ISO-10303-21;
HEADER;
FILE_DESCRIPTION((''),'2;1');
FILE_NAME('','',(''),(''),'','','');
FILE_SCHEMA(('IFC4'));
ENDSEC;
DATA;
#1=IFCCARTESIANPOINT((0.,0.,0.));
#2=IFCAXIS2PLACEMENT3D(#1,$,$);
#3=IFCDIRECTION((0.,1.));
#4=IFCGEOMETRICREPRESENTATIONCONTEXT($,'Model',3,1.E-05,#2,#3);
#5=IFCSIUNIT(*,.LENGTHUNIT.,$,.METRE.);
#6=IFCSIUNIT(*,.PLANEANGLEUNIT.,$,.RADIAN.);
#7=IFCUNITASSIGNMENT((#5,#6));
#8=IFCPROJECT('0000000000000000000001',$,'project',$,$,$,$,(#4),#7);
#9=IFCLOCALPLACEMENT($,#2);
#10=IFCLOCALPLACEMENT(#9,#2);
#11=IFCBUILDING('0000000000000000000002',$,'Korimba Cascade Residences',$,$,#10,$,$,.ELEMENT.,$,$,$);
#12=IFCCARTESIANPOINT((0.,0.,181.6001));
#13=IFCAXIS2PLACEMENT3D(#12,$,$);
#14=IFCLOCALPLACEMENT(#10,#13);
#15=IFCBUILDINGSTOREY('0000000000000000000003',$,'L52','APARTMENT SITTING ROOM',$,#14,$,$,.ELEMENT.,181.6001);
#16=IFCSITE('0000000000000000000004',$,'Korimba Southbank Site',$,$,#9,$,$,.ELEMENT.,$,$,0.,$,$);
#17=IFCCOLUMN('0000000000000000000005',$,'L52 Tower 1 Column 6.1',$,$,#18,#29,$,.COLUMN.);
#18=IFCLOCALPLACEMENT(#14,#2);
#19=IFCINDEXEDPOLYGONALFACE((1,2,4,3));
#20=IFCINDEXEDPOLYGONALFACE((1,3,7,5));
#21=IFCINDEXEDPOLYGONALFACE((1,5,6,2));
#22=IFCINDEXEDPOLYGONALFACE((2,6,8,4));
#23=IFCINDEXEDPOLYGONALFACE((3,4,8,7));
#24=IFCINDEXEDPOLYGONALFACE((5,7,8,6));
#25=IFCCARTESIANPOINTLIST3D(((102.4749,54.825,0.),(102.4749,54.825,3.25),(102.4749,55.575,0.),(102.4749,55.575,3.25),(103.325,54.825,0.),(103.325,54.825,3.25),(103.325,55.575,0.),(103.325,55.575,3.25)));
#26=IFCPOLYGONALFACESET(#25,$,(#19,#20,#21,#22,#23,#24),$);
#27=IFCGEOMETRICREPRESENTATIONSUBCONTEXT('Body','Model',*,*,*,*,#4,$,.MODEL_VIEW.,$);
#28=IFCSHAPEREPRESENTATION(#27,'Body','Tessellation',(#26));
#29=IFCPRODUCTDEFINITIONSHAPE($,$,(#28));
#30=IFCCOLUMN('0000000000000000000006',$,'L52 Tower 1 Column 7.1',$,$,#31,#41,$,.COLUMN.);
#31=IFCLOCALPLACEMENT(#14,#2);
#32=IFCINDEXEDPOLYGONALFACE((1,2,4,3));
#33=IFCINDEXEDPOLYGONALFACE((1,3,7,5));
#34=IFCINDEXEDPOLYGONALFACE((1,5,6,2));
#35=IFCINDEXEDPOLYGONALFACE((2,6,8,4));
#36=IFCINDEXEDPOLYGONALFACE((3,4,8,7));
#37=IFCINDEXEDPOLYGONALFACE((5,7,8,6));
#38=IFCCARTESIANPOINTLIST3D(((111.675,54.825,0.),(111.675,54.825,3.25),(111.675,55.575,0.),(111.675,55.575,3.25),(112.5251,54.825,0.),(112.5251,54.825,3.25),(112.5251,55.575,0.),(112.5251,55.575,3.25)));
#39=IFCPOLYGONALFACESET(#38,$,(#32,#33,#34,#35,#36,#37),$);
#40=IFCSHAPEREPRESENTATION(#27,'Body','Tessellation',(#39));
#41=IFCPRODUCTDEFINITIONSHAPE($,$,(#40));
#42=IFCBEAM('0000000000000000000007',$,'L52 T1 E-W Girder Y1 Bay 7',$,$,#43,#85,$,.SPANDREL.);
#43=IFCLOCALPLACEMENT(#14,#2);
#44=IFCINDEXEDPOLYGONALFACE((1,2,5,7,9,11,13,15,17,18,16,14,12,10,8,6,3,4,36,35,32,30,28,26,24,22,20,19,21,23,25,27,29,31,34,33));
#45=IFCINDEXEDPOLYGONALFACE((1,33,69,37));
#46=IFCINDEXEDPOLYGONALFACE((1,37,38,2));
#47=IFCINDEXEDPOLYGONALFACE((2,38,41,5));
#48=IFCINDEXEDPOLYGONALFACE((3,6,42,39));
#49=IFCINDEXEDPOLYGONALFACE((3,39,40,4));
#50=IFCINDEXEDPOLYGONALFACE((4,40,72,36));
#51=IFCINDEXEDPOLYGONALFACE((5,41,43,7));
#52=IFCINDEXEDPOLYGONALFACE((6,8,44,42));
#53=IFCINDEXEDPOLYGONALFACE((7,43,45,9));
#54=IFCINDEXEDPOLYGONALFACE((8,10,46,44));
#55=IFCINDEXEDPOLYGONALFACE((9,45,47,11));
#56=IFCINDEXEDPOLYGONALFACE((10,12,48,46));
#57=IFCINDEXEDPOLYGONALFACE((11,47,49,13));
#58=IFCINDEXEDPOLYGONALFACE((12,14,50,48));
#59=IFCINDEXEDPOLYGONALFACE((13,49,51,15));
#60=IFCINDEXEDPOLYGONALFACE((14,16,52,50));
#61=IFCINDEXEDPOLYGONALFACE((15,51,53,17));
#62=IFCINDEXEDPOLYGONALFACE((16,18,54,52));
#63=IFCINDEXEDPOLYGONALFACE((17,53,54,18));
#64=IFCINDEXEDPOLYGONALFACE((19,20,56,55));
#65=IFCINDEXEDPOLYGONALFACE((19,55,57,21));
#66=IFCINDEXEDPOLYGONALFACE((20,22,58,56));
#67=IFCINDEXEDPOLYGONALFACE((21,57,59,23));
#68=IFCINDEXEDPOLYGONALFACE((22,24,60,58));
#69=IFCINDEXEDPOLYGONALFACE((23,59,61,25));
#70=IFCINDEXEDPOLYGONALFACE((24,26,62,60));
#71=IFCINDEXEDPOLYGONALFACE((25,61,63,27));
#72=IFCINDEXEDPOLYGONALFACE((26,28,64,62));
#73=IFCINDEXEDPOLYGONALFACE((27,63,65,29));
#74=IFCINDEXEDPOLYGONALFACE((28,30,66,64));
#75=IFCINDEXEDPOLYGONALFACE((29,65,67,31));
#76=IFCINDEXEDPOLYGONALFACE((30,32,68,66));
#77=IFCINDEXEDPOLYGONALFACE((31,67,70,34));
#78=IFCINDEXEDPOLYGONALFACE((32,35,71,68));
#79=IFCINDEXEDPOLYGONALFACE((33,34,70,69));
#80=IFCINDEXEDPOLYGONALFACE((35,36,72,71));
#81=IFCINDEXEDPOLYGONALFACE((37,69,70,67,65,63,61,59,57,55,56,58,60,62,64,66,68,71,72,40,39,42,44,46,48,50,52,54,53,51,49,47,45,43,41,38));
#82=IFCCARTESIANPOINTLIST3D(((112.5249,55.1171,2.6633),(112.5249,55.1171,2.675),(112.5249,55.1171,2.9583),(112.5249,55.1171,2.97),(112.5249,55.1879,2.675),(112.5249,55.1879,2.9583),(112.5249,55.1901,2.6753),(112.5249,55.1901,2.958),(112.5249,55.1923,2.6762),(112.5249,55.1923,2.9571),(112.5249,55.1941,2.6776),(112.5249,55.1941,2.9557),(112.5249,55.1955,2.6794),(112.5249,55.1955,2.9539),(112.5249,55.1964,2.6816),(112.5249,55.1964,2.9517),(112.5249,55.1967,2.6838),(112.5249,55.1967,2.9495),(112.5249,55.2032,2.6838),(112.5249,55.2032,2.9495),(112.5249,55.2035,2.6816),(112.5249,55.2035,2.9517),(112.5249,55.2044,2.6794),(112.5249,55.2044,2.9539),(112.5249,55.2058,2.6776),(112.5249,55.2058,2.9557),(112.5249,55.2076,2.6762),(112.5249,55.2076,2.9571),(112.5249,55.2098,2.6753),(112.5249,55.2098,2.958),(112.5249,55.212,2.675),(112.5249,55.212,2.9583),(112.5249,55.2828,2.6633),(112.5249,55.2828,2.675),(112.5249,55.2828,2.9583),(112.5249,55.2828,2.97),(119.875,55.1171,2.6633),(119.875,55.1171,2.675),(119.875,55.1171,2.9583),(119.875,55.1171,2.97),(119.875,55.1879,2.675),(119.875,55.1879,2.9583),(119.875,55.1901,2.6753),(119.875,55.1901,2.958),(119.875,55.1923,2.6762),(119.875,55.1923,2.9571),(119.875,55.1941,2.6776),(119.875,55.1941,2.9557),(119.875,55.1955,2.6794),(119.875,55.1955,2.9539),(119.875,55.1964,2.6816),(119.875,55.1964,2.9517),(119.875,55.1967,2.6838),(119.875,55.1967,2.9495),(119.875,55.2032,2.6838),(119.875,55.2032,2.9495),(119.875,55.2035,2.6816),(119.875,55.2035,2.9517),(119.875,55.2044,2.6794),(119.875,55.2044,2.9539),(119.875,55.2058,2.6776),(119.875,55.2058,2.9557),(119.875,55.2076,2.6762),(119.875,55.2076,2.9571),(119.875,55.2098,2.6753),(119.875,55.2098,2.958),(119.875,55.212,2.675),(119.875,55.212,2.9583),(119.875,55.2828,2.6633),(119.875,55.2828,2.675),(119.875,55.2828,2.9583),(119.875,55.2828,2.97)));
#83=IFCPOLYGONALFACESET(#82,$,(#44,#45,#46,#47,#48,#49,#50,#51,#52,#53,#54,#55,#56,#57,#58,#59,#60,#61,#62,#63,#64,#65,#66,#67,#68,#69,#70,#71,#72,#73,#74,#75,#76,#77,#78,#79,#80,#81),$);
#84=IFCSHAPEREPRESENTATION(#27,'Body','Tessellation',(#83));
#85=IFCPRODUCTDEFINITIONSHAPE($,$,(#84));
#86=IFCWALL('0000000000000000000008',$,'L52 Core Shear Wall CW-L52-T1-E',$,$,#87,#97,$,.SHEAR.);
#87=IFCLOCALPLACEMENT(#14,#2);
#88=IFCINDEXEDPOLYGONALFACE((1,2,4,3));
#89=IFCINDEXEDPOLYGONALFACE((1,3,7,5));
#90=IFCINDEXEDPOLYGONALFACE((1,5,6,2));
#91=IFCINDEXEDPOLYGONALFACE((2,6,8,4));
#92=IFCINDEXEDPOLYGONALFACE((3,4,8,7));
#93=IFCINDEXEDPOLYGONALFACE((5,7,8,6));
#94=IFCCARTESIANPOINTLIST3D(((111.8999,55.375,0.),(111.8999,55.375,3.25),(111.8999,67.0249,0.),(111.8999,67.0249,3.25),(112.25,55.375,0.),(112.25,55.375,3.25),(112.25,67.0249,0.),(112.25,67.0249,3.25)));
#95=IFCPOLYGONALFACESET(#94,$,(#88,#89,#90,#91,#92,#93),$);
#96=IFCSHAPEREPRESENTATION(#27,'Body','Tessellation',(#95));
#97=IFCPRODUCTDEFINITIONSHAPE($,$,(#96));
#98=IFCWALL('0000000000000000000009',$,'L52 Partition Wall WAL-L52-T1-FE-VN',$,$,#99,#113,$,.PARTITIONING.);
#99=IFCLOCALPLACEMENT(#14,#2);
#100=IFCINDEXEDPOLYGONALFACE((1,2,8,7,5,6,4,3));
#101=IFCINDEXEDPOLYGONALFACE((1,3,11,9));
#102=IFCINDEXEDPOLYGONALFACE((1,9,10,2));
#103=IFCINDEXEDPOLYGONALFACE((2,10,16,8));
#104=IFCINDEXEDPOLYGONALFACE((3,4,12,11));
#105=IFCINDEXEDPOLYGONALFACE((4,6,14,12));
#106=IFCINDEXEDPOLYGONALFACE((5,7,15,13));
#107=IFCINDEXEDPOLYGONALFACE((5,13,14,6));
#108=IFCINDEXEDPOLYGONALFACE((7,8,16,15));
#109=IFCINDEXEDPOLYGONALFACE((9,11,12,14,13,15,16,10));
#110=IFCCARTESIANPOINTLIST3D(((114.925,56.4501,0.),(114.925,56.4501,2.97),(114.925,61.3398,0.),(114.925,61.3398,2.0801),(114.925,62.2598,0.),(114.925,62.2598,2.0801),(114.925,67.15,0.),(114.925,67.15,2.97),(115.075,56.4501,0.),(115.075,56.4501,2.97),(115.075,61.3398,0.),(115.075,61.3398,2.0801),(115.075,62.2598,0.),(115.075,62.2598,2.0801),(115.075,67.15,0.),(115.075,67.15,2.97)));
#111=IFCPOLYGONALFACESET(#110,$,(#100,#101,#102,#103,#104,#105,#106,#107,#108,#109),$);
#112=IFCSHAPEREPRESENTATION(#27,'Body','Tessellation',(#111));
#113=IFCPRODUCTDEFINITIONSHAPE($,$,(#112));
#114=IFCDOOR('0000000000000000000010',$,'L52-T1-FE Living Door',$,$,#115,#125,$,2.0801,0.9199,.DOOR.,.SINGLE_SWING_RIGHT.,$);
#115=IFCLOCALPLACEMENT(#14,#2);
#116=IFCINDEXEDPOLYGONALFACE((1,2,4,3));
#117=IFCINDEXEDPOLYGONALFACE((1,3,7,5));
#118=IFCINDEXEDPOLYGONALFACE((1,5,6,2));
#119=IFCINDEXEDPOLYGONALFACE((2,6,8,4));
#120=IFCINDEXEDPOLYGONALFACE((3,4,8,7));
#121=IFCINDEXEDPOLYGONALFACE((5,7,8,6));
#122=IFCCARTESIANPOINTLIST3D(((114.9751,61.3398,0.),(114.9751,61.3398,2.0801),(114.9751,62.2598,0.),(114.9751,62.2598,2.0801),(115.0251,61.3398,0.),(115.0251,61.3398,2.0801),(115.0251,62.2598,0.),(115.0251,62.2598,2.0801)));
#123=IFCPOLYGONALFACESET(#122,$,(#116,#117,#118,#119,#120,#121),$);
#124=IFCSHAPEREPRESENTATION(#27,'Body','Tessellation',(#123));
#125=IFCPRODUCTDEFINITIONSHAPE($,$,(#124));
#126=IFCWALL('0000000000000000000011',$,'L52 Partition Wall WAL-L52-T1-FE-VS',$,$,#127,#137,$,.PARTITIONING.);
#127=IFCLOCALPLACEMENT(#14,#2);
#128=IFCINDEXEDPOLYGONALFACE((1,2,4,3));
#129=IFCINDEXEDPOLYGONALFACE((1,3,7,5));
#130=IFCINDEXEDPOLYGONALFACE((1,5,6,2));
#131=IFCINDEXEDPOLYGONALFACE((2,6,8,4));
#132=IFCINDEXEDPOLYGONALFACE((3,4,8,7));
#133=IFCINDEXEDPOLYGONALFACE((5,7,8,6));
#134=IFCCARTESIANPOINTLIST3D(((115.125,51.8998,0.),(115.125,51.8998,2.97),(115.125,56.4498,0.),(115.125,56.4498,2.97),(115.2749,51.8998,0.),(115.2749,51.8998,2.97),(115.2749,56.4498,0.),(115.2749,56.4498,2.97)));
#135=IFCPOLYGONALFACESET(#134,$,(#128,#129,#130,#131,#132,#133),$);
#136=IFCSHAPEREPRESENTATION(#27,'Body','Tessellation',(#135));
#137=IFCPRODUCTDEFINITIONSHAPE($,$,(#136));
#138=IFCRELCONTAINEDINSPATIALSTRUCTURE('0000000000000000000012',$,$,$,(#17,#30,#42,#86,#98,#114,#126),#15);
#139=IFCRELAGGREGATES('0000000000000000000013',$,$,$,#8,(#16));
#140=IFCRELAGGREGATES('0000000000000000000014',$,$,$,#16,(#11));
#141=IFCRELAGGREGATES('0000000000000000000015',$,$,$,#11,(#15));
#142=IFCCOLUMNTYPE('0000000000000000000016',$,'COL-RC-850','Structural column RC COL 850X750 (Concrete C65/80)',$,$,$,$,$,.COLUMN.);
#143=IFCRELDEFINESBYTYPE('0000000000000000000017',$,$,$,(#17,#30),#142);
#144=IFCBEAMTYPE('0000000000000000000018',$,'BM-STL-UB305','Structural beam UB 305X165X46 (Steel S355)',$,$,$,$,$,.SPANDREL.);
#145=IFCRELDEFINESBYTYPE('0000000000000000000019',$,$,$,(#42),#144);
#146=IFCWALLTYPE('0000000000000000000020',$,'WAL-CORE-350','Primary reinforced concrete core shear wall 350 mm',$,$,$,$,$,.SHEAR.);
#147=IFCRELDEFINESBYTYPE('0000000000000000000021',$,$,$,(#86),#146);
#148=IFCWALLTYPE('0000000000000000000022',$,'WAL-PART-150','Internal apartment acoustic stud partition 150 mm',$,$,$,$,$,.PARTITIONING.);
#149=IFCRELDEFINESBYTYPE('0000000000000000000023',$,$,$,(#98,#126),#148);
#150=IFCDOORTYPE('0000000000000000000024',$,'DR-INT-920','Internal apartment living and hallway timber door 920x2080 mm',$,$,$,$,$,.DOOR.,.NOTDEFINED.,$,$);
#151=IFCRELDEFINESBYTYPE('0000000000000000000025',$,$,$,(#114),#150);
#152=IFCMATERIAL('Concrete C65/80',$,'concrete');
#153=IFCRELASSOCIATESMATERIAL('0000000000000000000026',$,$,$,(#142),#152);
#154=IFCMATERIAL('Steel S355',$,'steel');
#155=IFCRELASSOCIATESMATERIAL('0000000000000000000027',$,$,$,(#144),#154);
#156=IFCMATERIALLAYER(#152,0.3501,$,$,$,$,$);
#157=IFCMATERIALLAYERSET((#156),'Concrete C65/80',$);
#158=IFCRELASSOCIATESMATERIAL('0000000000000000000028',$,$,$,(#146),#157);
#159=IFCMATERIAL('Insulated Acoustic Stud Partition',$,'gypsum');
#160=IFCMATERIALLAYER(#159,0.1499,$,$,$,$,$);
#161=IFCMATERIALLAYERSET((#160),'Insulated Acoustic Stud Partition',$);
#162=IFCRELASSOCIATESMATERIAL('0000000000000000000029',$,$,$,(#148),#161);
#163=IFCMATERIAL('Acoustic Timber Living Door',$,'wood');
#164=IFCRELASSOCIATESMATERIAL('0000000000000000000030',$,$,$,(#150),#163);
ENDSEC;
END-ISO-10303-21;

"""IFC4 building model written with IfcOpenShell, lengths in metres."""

from ifc_helpers import new_model, si_unit, direction, frame, frame_2d, origin, origin_2d, place, context, subcontext, project, spatial, rectangle, i_section, extrude, material, layer, layer_set, material_profile, profile_set, type_object, element, fill, save


model = new_model("IFC4")

# Units and contexts
model_context = context("Model", 3, precision=1e-05, world=origin(), true_north=direction((0.0, 1.0)))
body_context = subcontext(model_context, "Body", "Model", "MODEL_VIEW")
ifc_project = project(units=[si_unit("LENGTHUNIT", "METRE"), si_unit("PLANEANGLEUNIT", "RADIAN")], contexts=[model_context])

# Site, building, storey
site_placement = place(None, origin())
site = spatial("IfcSite", under=ifc_project, at=site_placement, Name="Korimba Southbank Site", CompositionType="ELEMENT", RefElevation=0.0)
building_placement = place(site_placement, origin())
building = spatial("IfcBuilding", under=site, at=building_placement, Name="Korimba Cascade Residences", CompositionType="ELEMENT")
storey_placement = place(building_placement, frame((0.0, 0.0, 181.6001)))
storey = spatial("IfcBuildingStorey", under=building, at=storey_placement, Name="L52", Description="APARTMENT SITTING ROOM", CompositionType="ELEMENT", Elevation=181.6001)

# Columns
ifc_material_1 = material(Name="Concrete C65/80", Category="concrete")
ifc_material_profile_1 = material_profile(ifc_material_1, rectangle(XDim=0.8501, YDim=0.75, at=origin_2d()), Name="Concrete C65/80")
ifc_profile_set_1 = profile_set([ifc_material_profile_1], Name="Concrete C65/80")
column_type = type_object("IfcColumnType", Name="COL-RC-850", Description="Structural column RC COL 850X750 (Concrete C65/80)", PredefinedType="COLUMN", material=ifc_profile_set_1)
for number, where, z_axis, x_axis, name in (
    (1, (102.8999, 55.2, 0.0), (0.0, 0.0, 1.0), (1.0, 0.0, 0.0), "L52 Tower 1 Column 6.1"),
    (2, (112.1001, 55.2, 0.0), (0.0, 0.0, 1.0), (1.0, 0.0, 0.0), "L52 Tower 1 Column 7.1"),
):
    element("IfcColumn", number, at=place(storey_placement, frame(where, z_axis=z_axis, x_axis=x_axis)), inside=storey, type_object=column_type, Name=name, PredefinedType="COLUMN", context=body_context, shape_type="SweptSolid", body=[
        extrude(rectangle(XDim=0.8501, YDim=0.75, at=origin_2d()), origin(), (0.0, 0.0, 1.0), 3.25),
    ])

# Beam
ifc_material_2 = material(Name="Steel S355", Category="steel")
ifc_material_profile_2 = material_profile(ifc_material_2, i_section(OverallWidth=0.1658, OverallDepth=0.3066, WebThickness=0.0066, FlangeThickness=0.0117, FilletRadius=0.0088, at=origin_2d()), Name="Steel S355")
ifc_profile_set_2 = profile_set([ifc_material_profile_2], Name="Steel S355")
beam_type = type_object("IfcBeamType", Name="BM-STL-UB305", Description="Structural beam UB 305X165X46 (Steel S355)", PredefinedType="SPANDREL", material=ifc_profile_set_2)
beam_placement = place(storey_placement, frame((112.5249, 55.2, 2.8167), z_axis=(1.0, 0.0, 0.0), x_axis=(0.0, 1.0, 0.0)))
element("IfcBeam", 3, at=beam_placement, inside=storey, type_object=beam_type, Name="L52 T1 E-W Girder Y1 Bay 7", PredefinedType="SPANDREL", context=body_context, shape_type="SweptSolid", body=[
    extrude(i_section(OverallWidth=0.1658, OverallDepth=0.3066, WebThickness=0.0066, FlangeThickness=0.0117, FilletRadius=0.0088, at=origin_2d()), origin(), (0.0, 0.0, 1.0), 7.3501),
])

# Wall
ifc_layer_1 = layer(ifc_material_1, 0.3501)
ifc_layer_set_1 = layer_set([ifc_layer_1], Name="Concrete C65/80")
wall_type_1 = type_object("IfcWallType", Name="WAL-CORE-350", Description="Primary reinforced concrete core shear wall 350 mm", PredefinedType="SHEAR", material=ifc_layer_set_1)
wall_1_placement = place(storey_placement, frame((112.075, 55.375, 0.0), z_axis=(0.0, 0.0, 1.0), x_axis=(0.0, 1.0, 0.0)))
element("IfcWall", 4, at=wall_1_placement, inside=storey, type_object=wall_type_1, Name="L52 Core Shear Wall CW-L52-T1-E", PredefinedType="SHEAR", context=body_context, shape_type="SweptSolid", body=[
    extrude(rectangle(XDim=11.6499, YDim=0.3501, at=frame_2d((5.825, 0.0))), origin(), (0.0, 0.0, 1.0), 3.25),
])

# Wall, opening, door
ifc_material_3 = material(Name="Insulated Acoustic Stud Partition", Category="gypsum")
ifc_layer_2 = layer(ifc_material_3, 0.1499)
ifc_layer_set_2 = layer_set([ifc_layer_2], Name="Insulated Acoustic Stud Partition")
wall_type_2 = type_object("IfcWallType", Name="WAL-PART-150", Description="Internal apartment acoustic stud partition 150 mm", PredefinedType="PARTITIONING", material=ifc_layer_set_2)
wall_2_placement = place(storey_placement, frame((115.0, 56.45, 0.0), z_axis=(0.0, 0.0, 1.0), x_axis=(0.0, 1.0, 0.0)))
wall_2 = element("IfcWall", 5, at=wall_2_placement, inside=storey, type_object=wall_type_2, Name="L52 Partition Wall WAL-L52-T1-FE-VN", PredefinedType="PARTITIONING", context=body_context, shape_type="SweptSolid", body=[
    extrude(rectangle(XDim=10.7, YDim=0.1499, at=frame_2d((5.3501, 0.0))), origin(), (0.0, 0.0, 1.0), 2.97),
])
opening_1_placement = place(wall_2_placement, frame((4.8899, 0.0, 0.0)))
opening_1 = element("IfcOpeningElement", 6, at=opening_1_placement, cuts=wall_2, PredefinedType="OPENING", context=body_context, shape_type="SweptSolid", body=[
    extrude(rectangle(XDim=0.9199, YDim=2.0801, at=frame_2d((0.46, 1.04))), frame((0.0, 0.085, 0.0), z_axis=(0.0, -1.0, 0.0), x_axis=(1.0, 0.0, 0.0)), (0.0, 0.0, 1.0), 0.1699),
])
ifc_material_4 = material(Name="Acoustic Timber Living Door", Category="wood")
door_type_1 = type_object("IfcDoorType", Name="DR-INT-920", Description="Internal apartment living and hallway timber door 920x2080 mm", OperationType="NOTDEFINED", PredefinedType="DOOR", material=ifc_material_4)
door_1_placement = place(opening_1_placement, origin())
door_1 = element("IfcDoor", 7, at=door_1_placement, inside=storey, type_object=door_type_1, Name="L52-T1-FE Living Door", OperationType="SINGLE_SWING_RIGHT", OverallHeight=2.0801, OverallWidth=0.9199, PredefinedType="DOOR", context=body_context, shape_type="SweptSolid", body=[
    extrude(rectangle(XDim=0.9199, YDim=2.0801, at=frame_2d((0.46, 1.04))), frame((0.0, 0.0249, 0.0), z_axis=(0.0, -1.0, 0.0), x_axis=(1.0, 0.0, 0.0)), (0.0, 0.0, 1.0), 0.05),
])
fill(opening_1, door_1)

# Wall
wall_3_placement = place(storey_placement, frame((115.2, 51.8999, 0.0), z_axis=(0.0, 0.0, 1.0), x_axis=(0.0, 1.0, 0.0)))
element("IfcWall", 8, at=wall_3_placement, inside=storey, type_object=wall_type_2, Name="L52 Partition Wall WAL-L52-T1-FE-VS", PredefinedType="PARTITIONING", context=body_context, shape_type="SweptSolid", body=[
    extrude(rectangle(XDim=4.55, YDim=0.1499, at=frame_2d((2.2749, 0.0))), origin(), (0.0, 0.0, 1.0), 2.97),
])

save(model, "model.ifc")
